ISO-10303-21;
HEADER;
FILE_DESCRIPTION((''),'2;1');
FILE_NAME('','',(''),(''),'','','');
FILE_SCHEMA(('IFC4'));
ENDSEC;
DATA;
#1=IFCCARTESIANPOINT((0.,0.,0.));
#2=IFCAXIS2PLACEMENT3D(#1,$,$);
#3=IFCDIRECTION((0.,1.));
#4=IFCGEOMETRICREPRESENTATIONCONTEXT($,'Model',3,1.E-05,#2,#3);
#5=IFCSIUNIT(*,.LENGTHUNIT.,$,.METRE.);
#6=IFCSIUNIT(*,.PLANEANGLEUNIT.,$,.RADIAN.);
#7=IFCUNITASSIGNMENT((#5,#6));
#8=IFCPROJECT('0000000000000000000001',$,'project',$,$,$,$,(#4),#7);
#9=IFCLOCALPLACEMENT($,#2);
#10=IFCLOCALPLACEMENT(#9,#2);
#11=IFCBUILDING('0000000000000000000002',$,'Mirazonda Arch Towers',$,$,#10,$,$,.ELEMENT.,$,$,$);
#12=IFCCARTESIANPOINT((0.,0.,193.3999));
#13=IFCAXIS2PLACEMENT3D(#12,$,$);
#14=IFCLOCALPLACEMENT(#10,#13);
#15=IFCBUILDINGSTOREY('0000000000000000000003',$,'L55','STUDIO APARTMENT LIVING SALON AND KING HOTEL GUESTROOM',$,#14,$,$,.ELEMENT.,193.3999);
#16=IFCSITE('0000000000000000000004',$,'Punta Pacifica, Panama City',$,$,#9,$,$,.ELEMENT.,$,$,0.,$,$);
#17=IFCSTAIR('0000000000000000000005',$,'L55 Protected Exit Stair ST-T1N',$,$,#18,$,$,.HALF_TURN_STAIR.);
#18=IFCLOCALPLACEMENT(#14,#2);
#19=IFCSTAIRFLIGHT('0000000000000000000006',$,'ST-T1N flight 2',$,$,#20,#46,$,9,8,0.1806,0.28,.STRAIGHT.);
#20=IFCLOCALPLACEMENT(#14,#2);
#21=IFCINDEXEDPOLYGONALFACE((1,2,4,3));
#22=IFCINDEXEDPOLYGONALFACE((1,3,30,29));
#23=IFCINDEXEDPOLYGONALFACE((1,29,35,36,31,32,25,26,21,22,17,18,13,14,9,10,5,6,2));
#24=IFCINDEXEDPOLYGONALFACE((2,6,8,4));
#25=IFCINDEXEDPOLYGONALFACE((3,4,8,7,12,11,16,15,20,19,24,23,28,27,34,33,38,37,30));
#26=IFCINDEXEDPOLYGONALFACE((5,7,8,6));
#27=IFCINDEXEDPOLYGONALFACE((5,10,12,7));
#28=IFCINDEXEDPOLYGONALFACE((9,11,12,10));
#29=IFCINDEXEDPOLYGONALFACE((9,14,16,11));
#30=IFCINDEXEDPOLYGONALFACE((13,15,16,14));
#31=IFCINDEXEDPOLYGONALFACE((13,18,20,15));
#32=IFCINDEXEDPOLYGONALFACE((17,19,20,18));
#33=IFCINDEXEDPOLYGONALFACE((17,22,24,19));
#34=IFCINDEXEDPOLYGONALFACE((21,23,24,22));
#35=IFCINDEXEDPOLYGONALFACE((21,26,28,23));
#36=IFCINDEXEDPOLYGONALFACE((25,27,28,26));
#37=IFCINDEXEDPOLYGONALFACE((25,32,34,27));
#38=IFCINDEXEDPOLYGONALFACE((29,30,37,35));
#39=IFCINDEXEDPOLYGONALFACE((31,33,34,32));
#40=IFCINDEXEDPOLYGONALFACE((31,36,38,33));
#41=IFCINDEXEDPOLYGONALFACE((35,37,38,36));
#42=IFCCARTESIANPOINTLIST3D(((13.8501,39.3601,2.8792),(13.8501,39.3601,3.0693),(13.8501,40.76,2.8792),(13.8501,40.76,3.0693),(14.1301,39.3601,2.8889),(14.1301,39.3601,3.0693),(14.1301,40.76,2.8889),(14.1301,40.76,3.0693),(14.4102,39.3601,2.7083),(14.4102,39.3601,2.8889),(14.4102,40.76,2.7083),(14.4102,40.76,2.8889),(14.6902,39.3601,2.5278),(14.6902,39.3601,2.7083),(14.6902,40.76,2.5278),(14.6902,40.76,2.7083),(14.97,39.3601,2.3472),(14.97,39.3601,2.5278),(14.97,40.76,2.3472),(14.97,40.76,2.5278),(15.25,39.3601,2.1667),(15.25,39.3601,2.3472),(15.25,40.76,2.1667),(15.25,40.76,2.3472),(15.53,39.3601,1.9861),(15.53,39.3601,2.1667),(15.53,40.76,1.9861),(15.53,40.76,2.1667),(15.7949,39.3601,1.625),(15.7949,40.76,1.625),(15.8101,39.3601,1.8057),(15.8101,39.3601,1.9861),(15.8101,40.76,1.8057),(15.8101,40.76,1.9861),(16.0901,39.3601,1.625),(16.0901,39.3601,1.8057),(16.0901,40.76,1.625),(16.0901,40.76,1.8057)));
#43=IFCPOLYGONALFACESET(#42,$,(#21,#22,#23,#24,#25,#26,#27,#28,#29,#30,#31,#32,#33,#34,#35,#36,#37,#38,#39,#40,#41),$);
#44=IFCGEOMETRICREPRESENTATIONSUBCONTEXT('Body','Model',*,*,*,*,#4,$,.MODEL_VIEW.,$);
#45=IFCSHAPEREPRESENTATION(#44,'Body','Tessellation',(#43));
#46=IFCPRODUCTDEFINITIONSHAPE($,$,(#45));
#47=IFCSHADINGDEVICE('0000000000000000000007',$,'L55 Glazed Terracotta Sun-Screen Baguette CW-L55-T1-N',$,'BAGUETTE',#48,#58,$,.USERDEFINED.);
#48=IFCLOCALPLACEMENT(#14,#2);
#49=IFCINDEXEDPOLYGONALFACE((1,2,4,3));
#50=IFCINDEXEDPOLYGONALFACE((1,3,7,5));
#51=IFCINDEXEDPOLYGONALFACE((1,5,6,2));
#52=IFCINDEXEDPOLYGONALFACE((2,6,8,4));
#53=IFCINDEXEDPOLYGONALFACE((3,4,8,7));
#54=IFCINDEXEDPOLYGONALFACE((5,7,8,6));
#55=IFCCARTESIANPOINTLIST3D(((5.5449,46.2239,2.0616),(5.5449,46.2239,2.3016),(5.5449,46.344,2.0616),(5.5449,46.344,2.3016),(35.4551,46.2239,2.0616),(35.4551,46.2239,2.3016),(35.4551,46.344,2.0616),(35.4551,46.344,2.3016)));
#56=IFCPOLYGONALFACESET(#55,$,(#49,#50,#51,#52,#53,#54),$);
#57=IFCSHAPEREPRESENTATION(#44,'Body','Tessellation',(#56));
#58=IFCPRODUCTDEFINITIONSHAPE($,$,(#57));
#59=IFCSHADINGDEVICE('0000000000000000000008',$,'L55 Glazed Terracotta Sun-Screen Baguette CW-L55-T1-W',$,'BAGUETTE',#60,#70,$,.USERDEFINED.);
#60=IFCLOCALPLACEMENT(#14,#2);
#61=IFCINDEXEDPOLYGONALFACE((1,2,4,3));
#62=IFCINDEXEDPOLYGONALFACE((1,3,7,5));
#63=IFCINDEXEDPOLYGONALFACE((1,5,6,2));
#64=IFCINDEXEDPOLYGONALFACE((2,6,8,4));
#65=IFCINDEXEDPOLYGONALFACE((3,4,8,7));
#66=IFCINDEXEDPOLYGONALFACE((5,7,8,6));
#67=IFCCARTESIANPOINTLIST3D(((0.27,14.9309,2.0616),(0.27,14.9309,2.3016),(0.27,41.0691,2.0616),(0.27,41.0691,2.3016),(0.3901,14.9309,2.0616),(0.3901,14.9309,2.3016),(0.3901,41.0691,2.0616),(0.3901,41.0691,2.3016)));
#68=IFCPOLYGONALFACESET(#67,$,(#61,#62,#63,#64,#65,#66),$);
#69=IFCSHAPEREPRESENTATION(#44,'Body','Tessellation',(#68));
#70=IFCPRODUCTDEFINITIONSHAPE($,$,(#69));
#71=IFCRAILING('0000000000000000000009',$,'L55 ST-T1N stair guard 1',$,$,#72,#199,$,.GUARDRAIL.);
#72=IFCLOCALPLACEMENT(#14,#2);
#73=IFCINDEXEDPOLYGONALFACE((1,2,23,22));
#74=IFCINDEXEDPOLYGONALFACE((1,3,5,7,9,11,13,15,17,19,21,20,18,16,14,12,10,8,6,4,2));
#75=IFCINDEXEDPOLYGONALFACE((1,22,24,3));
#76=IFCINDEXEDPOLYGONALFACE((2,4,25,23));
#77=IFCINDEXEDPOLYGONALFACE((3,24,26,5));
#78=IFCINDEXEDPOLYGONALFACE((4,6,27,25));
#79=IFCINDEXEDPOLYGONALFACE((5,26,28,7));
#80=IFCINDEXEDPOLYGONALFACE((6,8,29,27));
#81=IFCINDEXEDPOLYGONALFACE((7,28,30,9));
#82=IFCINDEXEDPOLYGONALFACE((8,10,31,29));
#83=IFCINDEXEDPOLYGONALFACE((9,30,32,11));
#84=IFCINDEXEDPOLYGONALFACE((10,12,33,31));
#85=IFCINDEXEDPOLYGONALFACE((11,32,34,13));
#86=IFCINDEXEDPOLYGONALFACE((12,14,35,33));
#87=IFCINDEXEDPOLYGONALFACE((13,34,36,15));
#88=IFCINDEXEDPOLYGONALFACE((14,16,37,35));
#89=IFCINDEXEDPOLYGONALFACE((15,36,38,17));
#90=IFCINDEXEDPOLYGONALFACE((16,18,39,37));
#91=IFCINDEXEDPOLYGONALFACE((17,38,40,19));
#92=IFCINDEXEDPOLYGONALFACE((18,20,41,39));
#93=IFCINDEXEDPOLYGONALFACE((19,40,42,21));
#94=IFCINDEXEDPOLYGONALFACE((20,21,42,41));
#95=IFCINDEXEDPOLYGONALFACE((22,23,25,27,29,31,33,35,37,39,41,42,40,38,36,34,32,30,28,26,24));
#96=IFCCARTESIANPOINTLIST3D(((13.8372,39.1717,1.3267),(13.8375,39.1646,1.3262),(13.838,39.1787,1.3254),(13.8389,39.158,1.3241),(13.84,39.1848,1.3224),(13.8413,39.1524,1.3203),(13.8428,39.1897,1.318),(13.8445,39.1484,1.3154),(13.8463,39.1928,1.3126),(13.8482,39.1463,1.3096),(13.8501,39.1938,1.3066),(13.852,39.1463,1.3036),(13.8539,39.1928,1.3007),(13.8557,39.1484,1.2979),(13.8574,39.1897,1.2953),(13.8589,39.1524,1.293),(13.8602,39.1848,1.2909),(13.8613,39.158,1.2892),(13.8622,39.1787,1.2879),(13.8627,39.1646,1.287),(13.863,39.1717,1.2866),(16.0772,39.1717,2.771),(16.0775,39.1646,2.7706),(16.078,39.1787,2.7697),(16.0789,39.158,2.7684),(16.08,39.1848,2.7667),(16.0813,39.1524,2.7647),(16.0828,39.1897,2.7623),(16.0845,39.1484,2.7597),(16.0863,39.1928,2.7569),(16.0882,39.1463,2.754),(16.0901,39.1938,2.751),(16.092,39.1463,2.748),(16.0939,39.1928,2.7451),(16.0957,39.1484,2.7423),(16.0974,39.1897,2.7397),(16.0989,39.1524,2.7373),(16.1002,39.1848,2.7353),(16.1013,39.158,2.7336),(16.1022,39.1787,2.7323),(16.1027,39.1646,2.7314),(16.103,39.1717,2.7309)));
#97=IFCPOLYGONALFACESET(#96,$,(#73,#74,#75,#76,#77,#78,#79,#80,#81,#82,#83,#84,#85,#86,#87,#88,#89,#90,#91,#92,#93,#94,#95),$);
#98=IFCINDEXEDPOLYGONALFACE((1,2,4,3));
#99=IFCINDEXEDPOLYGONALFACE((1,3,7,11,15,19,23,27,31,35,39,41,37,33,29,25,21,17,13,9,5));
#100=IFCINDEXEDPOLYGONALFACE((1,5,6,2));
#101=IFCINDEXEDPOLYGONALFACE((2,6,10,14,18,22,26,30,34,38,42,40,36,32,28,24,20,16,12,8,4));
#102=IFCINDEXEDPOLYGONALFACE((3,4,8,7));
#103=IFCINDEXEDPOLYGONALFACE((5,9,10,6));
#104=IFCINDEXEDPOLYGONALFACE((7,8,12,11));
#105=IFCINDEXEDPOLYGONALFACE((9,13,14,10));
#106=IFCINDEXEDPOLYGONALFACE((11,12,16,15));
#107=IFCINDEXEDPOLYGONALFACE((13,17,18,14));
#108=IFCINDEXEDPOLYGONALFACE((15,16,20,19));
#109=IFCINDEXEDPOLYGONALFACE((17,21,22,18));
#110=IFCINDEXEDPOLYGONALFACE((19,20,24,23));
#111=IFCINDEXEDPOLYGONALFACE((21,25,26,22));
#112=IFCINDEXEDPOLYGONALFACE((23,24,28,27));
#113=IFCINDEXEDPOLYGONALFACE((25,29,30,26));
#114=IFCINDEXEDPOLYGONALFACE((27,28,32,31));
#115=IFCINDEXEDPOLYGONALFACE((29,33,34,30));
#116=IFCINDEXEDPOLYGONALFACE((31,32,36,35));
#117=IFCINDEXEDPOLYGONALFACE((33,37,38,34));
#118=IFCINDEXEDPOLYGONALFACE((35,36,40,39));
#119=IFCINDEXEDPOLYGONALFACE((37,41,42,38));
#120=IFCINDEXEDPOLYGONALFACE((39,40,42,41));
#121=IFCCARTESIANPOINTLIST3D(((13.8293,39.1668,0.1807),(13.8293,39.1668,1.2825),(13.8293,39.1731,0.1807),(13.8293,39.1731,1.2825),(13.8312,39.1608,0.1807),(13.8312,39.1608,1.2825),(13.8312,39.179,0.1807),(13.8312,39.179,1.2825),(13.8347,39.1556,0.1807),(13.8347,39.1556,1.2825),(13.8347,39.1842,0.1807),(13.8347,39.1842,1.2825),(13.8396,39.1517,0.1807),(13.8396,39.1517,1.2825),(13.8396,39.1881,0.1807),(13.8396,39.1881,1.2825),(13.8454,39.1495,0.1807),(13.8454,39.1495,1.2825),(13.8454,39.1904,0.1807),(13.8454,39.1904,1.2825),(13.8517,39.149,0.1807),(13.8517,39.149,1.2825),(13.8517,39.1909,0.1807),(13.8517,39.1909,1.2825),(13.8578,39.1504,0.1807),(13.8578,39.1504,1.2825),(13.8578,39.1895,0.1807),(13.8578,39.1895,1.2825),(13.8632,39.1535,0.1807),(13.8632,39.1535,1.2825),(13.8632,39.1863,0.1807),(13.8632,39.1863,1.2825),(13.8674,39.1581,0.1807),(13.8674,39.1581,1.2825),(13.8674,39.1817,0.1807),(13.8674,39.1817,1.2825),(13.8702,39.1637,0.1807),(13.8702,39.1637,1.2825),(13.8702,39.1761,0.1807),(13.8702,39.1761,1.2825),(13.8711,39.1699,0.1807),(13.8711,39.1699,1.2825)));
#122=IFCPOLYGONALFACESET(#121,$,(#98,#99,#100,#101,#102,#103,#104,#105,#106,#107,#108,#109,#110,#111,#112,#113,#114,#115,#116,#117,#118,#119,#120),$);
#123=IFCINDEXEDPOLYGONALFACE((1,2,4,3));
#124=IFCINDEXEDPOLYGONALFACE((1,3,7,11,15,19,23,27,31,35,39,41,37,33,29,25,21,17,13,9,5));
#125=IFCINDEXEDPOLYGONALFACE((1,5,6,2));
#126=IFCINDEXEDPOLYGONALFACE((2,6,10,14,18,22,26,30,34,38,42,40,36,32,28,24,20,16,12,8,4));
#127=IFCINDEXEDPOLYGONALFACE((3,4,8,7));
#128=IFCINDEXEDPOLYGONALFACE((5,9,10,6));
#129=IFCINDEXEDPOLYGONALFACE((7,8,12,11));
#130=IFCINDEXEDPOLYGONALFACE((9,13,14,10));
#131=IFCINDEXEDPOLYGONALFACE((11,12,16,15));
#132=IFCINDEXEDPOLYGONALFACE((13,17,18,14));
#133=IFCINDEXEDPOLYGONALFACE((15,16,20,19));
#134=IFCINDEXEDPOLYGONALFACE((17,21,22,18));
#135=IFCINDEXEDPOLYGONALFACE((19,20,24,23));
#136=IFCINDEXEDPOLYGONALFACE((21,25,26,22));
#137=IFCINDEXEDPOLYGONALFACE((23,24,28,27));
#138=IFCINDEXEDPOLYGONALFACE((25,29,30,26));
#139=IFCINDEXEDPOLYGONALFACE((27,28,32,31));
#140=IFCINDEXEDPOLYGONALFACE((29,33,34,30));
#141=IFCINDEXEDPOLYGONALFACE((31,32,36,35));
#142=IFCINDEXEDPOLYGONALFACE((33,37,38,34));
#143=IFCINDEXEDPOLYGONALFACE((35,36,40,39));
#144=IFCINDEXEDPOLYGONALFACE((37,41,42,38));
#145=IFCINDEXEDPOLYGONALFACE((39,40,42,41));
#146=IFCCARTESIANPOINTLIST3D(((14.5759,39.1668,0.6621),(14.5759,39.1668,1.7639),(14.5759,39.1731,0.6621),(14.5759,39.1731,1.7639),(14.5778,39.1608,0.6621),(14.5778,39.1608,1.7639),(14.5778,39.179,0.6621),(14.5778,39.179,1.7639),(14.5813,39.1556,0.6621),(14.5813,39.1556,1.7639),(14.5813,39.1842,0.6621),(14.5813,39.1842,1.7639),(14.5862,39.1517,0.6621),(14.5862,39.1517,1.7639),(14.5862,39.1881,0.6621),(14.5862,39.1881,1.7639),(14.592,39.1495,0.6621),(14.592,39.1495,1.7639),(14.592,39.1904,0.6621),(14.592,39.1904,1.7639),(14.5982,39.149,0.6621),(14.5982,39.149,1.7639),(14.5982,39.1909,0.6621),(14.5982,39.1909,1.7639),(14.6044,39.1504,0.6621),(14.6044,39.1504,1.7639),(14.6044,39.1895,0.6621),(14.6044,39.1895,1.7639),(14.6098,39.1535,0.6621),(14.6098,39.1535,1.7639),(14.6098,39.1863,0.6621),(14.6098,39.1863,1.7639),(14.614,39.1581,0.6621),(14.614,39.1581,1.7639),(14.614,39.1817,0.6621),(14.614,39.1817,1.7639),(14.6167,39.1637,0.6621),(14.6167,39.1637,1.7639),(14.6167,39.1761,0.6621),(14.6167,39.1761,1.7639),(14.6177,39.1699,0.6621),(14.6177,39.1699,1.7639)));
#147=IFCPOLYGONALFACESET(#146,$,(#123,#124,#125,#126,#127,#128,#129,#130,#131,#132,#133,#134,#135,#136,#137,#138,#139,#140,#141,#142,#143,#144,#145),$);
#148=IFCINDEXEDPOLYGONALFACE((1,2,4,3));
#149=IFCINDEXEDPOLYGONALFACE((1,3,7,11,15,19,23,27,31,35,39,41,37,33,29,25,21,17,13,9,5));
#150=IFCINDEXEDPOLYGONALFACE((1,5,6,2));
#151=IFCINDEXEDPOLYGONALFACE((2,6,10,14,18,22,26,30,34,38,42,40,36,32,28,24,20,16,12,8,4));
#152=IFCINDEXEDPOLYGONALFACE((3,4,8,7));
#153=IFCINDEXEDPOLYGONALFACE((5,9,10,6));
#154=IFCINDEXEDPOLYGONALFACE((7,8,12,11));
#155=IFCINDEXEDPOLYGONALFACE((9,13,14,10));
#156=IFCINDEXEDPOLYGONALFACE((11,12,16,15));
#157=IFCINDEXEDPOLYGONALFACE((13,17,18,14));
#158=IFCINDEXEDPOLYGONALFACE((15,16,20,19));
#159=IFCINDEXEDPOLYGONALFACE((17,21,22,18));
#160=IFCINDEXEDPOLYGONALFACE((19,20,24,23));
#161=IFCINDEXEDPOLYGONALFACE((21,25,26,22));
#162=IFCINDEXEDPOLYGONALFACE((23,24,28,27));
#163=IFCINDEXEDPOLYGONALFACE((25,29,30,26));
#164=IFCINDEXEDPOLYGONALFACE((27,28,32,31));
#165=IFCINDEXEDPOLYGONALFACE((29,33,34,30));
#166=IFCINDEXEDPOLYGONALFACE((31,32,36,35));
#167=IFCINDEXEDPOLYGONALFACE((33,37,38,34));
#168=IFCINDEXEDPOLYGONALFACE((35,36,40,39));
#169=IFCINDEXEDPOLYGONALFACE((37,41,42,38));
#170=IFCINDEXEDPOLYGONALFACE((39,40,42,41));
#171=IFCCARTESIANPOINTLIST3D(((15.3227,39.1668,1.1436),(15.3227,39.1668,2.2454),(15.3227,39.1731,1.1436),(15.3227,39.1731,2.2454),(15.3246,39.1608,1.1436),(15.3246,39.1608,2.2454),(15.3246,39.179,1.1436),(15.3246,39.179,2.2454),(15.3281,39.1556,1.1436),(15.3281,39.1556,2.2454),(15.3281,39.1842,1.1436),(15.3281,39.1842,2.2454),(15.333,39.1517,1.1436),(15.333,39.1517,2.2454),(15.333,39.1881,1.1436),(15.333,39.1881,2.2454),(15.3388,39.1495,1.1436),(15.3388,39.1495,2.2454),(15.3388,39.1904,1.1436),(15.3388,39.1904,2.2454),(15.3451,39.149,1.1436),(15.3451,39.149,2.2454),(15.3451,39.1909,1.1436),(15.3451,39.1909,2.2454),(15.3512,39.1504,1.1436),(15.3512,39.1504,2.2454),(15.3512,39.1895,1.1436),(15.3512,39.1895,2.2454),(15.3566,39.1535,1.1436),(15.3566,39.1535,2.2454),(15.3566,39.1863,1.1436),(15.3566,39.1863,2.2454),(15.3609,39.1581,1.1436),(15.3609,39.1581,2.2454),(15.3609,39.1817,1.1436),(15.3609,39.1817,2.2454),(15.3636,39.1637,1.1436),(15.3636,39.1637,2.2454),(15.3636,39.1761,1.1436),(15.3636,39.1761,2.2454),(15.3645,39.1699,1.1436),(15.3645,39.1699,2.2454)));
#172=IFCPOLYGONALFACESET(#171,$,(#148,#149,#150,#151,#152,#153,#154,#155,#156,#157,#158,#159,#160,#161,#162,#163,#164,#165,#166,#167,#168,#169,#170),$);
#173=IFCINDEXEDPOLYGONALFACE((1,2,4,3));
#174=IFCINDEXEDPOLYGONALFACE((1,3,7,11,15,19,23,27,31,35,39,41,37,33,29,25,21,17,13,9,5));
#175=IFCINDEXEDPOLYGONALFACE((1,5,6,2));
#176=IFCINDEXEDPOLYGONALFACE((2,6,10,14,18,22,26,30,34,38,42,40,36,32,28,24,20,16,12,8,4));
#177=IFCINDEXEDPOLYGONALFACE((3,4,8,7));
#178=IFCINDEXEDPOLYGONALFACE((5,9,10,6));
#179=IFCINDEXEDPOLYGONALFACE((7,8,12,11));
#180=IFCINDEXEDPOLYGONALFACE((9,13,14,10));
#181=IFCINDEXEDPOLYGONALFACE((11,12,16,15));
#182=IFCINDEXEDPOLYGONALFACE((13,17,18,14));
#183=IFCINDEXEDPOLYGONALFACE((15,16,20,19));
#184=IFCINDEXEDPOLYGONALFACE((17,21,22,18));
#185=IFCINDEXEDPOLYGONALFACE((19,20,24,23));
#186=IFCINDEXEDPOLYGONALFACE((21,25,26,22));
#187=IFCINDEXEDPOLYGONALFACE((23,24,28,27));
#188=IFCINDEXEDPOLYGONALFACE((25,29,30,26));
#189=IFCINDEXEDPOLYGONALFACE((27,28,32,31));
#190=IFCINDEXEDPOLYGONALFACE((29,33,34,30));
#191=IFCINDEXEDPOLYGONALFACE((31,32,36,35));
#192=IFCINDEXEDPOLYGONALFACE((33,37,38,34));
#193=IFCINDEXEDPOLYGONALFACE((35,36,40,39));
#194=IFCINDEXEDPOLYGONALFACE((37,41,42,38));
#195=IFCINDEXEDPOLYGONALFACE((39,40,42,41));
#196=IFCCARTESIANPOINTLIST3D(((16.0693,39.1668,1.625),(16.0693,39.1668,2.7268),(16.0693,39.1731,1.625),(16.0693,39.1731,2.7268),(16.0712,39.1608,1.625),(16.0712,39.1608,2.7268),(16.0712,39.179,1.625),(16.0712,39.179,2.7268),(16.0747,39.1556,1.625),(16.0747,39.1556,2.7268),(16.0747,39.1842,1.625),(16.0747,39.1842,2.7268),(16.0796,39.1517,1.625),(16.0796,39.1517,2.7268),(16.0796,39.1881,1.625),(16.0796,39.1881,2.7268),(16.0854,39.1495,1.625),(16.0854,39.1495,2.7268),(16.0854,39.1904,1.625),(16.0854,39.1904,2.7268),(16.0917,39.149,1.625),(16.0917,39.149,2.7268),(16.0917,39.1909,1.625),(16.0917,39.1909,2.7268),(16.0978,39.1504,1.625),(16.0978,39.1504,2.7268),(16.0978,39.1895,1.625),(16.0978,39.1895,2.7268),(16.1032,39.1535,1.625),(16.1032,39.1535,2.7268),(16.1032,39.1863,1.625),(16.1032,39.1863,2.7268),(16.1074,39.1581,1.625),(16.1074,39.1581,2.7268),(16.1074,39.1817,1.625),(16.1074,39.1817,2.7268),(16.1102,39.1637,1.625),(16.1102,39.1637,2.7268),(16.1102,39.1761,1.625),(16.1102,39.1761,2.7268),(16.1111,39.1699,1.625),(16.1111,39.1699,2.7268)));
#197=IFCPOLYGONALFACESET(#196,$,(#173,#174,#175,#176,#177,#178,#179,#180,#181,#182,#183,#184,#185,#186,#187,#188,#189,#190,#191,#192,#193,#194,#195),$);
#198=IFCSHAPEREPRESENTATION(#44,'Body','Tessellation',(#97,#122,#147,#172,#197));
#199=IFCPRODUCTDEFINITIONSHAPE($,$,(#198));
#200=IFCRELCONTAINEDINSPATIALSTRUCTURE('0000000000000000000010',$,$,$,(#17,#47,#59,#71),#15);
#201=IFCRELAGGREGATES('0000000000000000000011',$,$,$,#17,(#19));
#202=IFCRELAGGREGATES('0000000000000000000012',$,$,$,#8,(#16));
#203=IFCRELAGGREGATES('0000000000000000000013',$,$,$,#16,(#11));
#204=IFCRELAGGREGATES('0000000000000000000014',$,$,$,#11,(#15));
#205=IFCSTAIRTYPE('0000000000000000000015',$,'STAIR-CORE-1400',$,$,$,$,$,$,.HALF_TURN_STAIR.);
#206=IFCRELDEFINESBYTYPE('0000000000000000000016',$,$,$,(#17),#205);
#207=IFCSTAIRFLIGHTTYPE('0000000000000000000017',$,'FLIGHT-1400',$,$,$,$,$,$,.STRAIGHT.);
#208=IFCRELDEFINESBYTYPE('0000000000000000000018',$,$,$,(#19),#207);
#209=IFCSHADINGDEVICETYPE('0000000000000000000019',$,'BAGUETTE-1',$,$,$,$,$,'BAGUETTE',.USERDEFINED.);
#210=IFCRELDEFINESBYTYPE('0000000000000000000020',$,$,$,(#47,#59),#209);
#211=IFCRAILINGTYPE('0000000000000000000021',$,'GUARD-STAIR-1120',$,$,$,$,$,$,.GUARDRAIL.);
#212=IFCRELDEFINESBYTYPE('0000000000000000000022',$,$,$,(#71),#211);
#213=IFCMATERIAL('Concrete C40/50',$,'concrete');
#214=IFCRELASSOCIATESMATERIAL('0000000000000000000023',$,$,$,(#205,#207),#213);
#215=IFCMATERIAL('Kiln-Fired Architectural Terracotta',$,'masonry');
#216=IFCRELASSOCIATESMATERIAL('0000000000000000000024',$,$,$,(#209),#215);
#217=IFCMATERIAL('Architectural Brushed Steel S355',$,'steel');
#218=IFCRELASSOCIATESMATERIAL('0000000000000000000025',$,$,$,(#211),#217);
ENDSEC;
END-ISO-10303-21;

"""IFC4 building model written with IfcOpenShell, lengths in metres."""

from ifc_helpers import new_model, si_unit, direction, frame, origin, origin_2d, place, context, subcontext, project, spatial, polyline, rectangle, circle, outline, extrude, material, material_profile, profile_set, type_object, element, aggregate, save


model = new_model("IFC4")

# Units and contexts
model_context = context("Model", 3, precision=1e-05, world=origin(), true_north=direction((0.0, 1.0)))
body_context = subcontext(model_context, "Body", "Model", "MODEL_VIEW")
ifc_project = project(units=[si_unit("LENGTHUNIT", "METRE"), si_unit("PLANEANGLEUNIT", "RADIAN")], contexts=[model_context])

# Site, building, storey
site_placement = place(None, origin())
site = spatial("IfcSite", under=ifc_project, at=site_placement, Name="Punta Pacifica, Panama City", CompositionType="ELEMENT", RefElevation=0.0)
building_placement = place(site_placement, origin())
building = spatial("IfcBuilding", under=site, at=building_placement, Name="Mirazonda Arch Towers", CompositionType="ELEMENT")
storey_placement = place(building_placement, frame((0.0, 0.0, 193.3999)))
storey = spatial("IfcBuildingStorey", under=building, at=storey_placement, Name="L55", Description="STUDIO APARTMENT LIVING SALON AND KING HOTEL GUESTROOM", CompositionType="ELEMENT", Elevation=193.3999)

# Shared definitions
ifc_material_1 = material(Name="Architectural Brushed Steel S355", Category="steel")

# Stair, stair flight
ifc_material_2 = material(Name="Concrete C40/50", Category="concrete")
stair_type = type_object("IfcStairType", Name="STAIR-CORE-1400", PredefinedType="HALF_TURN_STAIR", material=ifc_material_2)
stair_placement = place(storey_placement, origin())
stair = element("IfcStair", 1, at=stair_placement, inside=storey, type_object=stair_type, Name="L55 Protected Exit Stair ST-T1N", PredefinedType="HALF_TURN_STAIR")
stair_flight_type = type_object("IfcStairFlightType", Name="FLIGHT-1400", PredefinedType="STRAIGHT", material=ifc_material_2)
stair_flight_placement = place(storey_placement, frame((16.0901, 40.0601, 1.625), z_axis=(0.0, 0.0, 1.0), x_axis=(-1.0, 0.0, 0.0)))
stair_flight = element("IfcStairFlight", 2, at=stair_flight_placement, type_object=stair_flight_type, Name="ST-T1N flight 2", NumberOfRisers=9, NumberOfTreads=8, PredefinedType="STRAIGHT", RiserHeight=0.1806, TreadLength=0.28, context=body_context, shape_type="SweptSolid", body=[
    extrude(outline(polyline([(0.0, 0.0), (0.0, 0.1807), (0.28, 0.1807), (0.28, 0.3611), (0.5601, 0.3611), (0.5601, 0.5417), (0.8401, 0.5417), (0.8401, 0.7222), (1.1201, 0.7222), (1.1201, 0.9028), (1.3999, 0.9028), (1.3999, 1.0833), (1.6799, 1.0833), (1.6799, 1.2639), (1.96, 1.2639), (1.96, 1.4443), (2.24, 1.4443), (2.24, 1.625), (2.24, 1.2542), (0.2952, 0.0), (0.0, 0.0)])), frame((0.0, 0.7, 0.0), z_axis=(0.0, -1.0, 0.0), x_axis=(1.0, 0.0, 0.0)), (0.0, 0.0, 1.0), 1.3999),
])
aggregate(stair, [stair_flight])

# Shading devices
ifc_material_3 = material(Name="Kiln-Fired Architectural Terracotta", Category="masonry")
ifc_material_profile_1 = material_profile(ifc_material_3, rectangle(XDim=0.1201, YDim=0.24, at=origin_2d()), Name="TERRA-BAG-120x240")
ifc_profile_set_1 = profile_set([ifc_material_profile_1], Name="Kiln-Fired Architectural Terracotta")
shading_device_type = type_object("IfcShadingDeviceType", Name="BAGUETTE-1", ElementType="BAGUETTE", PredefinedType="USERDEFINED", material=ifc_profile_set_1)
shading_device_1_placement = place(storey_placement, frame((5.5449, 46.2839, 2.1816), z_axis=(1.0, 0.0, 0.0), x_axis=(0.0, 1.0, 0.0)))
element("IfcShadingDevice", 3, at=shading_device_1_placement, inside=storey, type_object=shading_device_type, Name="L55 Glazed Terracotta Sun-Screen Baguette CW-L55-T1-N", ObjectType="BAGUETTE", PredefinedType="USERDEFINED", context=body_context, shape_type="SweptSolid", body=[
    extrude(rectangle(XDim=0.1201, YDim=0.24, at=origin_2d()), origin(), (0.0, 0.0, 1.0), 29.9102),
])
shading_device_2_placement = place(storey_placement, frame((0.3301, 41.0691, 2.1816), z_axis=(0.0, -1.0, 0.0), x_axis=(1.0, 0.0, 0.0)))
element("IfcShadingDevice", 4, at=shading_device_2_placement, inside=storey, type_object=shading_device_type, Name="L55 Glazed Terracotta Sun-Screen Baguette CW-L55-T1-W", ObjectType="BAGUETTE", PredefinedType="USERDEFINED", context=body_context, shape_type="SweptSolid", body=[
    extrude(rectangle(XDim=0.1201, YDim=0.24, at=origin_2d()), origin(), (0.0, 0.0, 1.0), 26.1382),
])

# Railing
railing_type = type_object("IfcRailingType", Name="GUARD-STAIR-1120", PredefinedType="GUARDRAIL", material=ifc_material_1)
railing_1_placement = place(storey_placement, frame((13.8501, 39.1699, 0.1807)))
element("IfcRailing", 5, at=railing_1_placement, inside=storey, type_object=railing_type, Name="L55 ST-T1N stair guard 1", PredefinedType="GUARDRAIL", context=body_context, shape_type="SweptSolid", body=[
    extrude(circle(Radius=0.0239, at=origin_2d()), frame((0.0, 0.0, 1.126), z_axis=(0.840437, 0.0, 0.54191), x_axis=(0.0, 1.0, 0.0)), (0.0, 0.0, 1.0), 2.6653),
    extrude(circle(Radius=0.021, at=origin_2d()), origin(), (0.0, 0.0, 1.0), 1.1018),
    extrude(circle(Radius=0.021, at=origin_2d()), frame((0.7466, 0.0, 0.4814)), (0.0, 0.0, 1.0), 1.1018),
    extrude(circle(Radius=0.021, at=origin_2d()), frame((1.4934, 0.0, 0.9629)), (0.0, 0.0, 1.0), 1.1018),
    extrude(circle(Radius=0.021, at=origin_2d()), frame((2.24, 0.0, 1.4443)), (0.0, 0.0, 1.0), 1.1018),
])

save(model, "model.ifc")
